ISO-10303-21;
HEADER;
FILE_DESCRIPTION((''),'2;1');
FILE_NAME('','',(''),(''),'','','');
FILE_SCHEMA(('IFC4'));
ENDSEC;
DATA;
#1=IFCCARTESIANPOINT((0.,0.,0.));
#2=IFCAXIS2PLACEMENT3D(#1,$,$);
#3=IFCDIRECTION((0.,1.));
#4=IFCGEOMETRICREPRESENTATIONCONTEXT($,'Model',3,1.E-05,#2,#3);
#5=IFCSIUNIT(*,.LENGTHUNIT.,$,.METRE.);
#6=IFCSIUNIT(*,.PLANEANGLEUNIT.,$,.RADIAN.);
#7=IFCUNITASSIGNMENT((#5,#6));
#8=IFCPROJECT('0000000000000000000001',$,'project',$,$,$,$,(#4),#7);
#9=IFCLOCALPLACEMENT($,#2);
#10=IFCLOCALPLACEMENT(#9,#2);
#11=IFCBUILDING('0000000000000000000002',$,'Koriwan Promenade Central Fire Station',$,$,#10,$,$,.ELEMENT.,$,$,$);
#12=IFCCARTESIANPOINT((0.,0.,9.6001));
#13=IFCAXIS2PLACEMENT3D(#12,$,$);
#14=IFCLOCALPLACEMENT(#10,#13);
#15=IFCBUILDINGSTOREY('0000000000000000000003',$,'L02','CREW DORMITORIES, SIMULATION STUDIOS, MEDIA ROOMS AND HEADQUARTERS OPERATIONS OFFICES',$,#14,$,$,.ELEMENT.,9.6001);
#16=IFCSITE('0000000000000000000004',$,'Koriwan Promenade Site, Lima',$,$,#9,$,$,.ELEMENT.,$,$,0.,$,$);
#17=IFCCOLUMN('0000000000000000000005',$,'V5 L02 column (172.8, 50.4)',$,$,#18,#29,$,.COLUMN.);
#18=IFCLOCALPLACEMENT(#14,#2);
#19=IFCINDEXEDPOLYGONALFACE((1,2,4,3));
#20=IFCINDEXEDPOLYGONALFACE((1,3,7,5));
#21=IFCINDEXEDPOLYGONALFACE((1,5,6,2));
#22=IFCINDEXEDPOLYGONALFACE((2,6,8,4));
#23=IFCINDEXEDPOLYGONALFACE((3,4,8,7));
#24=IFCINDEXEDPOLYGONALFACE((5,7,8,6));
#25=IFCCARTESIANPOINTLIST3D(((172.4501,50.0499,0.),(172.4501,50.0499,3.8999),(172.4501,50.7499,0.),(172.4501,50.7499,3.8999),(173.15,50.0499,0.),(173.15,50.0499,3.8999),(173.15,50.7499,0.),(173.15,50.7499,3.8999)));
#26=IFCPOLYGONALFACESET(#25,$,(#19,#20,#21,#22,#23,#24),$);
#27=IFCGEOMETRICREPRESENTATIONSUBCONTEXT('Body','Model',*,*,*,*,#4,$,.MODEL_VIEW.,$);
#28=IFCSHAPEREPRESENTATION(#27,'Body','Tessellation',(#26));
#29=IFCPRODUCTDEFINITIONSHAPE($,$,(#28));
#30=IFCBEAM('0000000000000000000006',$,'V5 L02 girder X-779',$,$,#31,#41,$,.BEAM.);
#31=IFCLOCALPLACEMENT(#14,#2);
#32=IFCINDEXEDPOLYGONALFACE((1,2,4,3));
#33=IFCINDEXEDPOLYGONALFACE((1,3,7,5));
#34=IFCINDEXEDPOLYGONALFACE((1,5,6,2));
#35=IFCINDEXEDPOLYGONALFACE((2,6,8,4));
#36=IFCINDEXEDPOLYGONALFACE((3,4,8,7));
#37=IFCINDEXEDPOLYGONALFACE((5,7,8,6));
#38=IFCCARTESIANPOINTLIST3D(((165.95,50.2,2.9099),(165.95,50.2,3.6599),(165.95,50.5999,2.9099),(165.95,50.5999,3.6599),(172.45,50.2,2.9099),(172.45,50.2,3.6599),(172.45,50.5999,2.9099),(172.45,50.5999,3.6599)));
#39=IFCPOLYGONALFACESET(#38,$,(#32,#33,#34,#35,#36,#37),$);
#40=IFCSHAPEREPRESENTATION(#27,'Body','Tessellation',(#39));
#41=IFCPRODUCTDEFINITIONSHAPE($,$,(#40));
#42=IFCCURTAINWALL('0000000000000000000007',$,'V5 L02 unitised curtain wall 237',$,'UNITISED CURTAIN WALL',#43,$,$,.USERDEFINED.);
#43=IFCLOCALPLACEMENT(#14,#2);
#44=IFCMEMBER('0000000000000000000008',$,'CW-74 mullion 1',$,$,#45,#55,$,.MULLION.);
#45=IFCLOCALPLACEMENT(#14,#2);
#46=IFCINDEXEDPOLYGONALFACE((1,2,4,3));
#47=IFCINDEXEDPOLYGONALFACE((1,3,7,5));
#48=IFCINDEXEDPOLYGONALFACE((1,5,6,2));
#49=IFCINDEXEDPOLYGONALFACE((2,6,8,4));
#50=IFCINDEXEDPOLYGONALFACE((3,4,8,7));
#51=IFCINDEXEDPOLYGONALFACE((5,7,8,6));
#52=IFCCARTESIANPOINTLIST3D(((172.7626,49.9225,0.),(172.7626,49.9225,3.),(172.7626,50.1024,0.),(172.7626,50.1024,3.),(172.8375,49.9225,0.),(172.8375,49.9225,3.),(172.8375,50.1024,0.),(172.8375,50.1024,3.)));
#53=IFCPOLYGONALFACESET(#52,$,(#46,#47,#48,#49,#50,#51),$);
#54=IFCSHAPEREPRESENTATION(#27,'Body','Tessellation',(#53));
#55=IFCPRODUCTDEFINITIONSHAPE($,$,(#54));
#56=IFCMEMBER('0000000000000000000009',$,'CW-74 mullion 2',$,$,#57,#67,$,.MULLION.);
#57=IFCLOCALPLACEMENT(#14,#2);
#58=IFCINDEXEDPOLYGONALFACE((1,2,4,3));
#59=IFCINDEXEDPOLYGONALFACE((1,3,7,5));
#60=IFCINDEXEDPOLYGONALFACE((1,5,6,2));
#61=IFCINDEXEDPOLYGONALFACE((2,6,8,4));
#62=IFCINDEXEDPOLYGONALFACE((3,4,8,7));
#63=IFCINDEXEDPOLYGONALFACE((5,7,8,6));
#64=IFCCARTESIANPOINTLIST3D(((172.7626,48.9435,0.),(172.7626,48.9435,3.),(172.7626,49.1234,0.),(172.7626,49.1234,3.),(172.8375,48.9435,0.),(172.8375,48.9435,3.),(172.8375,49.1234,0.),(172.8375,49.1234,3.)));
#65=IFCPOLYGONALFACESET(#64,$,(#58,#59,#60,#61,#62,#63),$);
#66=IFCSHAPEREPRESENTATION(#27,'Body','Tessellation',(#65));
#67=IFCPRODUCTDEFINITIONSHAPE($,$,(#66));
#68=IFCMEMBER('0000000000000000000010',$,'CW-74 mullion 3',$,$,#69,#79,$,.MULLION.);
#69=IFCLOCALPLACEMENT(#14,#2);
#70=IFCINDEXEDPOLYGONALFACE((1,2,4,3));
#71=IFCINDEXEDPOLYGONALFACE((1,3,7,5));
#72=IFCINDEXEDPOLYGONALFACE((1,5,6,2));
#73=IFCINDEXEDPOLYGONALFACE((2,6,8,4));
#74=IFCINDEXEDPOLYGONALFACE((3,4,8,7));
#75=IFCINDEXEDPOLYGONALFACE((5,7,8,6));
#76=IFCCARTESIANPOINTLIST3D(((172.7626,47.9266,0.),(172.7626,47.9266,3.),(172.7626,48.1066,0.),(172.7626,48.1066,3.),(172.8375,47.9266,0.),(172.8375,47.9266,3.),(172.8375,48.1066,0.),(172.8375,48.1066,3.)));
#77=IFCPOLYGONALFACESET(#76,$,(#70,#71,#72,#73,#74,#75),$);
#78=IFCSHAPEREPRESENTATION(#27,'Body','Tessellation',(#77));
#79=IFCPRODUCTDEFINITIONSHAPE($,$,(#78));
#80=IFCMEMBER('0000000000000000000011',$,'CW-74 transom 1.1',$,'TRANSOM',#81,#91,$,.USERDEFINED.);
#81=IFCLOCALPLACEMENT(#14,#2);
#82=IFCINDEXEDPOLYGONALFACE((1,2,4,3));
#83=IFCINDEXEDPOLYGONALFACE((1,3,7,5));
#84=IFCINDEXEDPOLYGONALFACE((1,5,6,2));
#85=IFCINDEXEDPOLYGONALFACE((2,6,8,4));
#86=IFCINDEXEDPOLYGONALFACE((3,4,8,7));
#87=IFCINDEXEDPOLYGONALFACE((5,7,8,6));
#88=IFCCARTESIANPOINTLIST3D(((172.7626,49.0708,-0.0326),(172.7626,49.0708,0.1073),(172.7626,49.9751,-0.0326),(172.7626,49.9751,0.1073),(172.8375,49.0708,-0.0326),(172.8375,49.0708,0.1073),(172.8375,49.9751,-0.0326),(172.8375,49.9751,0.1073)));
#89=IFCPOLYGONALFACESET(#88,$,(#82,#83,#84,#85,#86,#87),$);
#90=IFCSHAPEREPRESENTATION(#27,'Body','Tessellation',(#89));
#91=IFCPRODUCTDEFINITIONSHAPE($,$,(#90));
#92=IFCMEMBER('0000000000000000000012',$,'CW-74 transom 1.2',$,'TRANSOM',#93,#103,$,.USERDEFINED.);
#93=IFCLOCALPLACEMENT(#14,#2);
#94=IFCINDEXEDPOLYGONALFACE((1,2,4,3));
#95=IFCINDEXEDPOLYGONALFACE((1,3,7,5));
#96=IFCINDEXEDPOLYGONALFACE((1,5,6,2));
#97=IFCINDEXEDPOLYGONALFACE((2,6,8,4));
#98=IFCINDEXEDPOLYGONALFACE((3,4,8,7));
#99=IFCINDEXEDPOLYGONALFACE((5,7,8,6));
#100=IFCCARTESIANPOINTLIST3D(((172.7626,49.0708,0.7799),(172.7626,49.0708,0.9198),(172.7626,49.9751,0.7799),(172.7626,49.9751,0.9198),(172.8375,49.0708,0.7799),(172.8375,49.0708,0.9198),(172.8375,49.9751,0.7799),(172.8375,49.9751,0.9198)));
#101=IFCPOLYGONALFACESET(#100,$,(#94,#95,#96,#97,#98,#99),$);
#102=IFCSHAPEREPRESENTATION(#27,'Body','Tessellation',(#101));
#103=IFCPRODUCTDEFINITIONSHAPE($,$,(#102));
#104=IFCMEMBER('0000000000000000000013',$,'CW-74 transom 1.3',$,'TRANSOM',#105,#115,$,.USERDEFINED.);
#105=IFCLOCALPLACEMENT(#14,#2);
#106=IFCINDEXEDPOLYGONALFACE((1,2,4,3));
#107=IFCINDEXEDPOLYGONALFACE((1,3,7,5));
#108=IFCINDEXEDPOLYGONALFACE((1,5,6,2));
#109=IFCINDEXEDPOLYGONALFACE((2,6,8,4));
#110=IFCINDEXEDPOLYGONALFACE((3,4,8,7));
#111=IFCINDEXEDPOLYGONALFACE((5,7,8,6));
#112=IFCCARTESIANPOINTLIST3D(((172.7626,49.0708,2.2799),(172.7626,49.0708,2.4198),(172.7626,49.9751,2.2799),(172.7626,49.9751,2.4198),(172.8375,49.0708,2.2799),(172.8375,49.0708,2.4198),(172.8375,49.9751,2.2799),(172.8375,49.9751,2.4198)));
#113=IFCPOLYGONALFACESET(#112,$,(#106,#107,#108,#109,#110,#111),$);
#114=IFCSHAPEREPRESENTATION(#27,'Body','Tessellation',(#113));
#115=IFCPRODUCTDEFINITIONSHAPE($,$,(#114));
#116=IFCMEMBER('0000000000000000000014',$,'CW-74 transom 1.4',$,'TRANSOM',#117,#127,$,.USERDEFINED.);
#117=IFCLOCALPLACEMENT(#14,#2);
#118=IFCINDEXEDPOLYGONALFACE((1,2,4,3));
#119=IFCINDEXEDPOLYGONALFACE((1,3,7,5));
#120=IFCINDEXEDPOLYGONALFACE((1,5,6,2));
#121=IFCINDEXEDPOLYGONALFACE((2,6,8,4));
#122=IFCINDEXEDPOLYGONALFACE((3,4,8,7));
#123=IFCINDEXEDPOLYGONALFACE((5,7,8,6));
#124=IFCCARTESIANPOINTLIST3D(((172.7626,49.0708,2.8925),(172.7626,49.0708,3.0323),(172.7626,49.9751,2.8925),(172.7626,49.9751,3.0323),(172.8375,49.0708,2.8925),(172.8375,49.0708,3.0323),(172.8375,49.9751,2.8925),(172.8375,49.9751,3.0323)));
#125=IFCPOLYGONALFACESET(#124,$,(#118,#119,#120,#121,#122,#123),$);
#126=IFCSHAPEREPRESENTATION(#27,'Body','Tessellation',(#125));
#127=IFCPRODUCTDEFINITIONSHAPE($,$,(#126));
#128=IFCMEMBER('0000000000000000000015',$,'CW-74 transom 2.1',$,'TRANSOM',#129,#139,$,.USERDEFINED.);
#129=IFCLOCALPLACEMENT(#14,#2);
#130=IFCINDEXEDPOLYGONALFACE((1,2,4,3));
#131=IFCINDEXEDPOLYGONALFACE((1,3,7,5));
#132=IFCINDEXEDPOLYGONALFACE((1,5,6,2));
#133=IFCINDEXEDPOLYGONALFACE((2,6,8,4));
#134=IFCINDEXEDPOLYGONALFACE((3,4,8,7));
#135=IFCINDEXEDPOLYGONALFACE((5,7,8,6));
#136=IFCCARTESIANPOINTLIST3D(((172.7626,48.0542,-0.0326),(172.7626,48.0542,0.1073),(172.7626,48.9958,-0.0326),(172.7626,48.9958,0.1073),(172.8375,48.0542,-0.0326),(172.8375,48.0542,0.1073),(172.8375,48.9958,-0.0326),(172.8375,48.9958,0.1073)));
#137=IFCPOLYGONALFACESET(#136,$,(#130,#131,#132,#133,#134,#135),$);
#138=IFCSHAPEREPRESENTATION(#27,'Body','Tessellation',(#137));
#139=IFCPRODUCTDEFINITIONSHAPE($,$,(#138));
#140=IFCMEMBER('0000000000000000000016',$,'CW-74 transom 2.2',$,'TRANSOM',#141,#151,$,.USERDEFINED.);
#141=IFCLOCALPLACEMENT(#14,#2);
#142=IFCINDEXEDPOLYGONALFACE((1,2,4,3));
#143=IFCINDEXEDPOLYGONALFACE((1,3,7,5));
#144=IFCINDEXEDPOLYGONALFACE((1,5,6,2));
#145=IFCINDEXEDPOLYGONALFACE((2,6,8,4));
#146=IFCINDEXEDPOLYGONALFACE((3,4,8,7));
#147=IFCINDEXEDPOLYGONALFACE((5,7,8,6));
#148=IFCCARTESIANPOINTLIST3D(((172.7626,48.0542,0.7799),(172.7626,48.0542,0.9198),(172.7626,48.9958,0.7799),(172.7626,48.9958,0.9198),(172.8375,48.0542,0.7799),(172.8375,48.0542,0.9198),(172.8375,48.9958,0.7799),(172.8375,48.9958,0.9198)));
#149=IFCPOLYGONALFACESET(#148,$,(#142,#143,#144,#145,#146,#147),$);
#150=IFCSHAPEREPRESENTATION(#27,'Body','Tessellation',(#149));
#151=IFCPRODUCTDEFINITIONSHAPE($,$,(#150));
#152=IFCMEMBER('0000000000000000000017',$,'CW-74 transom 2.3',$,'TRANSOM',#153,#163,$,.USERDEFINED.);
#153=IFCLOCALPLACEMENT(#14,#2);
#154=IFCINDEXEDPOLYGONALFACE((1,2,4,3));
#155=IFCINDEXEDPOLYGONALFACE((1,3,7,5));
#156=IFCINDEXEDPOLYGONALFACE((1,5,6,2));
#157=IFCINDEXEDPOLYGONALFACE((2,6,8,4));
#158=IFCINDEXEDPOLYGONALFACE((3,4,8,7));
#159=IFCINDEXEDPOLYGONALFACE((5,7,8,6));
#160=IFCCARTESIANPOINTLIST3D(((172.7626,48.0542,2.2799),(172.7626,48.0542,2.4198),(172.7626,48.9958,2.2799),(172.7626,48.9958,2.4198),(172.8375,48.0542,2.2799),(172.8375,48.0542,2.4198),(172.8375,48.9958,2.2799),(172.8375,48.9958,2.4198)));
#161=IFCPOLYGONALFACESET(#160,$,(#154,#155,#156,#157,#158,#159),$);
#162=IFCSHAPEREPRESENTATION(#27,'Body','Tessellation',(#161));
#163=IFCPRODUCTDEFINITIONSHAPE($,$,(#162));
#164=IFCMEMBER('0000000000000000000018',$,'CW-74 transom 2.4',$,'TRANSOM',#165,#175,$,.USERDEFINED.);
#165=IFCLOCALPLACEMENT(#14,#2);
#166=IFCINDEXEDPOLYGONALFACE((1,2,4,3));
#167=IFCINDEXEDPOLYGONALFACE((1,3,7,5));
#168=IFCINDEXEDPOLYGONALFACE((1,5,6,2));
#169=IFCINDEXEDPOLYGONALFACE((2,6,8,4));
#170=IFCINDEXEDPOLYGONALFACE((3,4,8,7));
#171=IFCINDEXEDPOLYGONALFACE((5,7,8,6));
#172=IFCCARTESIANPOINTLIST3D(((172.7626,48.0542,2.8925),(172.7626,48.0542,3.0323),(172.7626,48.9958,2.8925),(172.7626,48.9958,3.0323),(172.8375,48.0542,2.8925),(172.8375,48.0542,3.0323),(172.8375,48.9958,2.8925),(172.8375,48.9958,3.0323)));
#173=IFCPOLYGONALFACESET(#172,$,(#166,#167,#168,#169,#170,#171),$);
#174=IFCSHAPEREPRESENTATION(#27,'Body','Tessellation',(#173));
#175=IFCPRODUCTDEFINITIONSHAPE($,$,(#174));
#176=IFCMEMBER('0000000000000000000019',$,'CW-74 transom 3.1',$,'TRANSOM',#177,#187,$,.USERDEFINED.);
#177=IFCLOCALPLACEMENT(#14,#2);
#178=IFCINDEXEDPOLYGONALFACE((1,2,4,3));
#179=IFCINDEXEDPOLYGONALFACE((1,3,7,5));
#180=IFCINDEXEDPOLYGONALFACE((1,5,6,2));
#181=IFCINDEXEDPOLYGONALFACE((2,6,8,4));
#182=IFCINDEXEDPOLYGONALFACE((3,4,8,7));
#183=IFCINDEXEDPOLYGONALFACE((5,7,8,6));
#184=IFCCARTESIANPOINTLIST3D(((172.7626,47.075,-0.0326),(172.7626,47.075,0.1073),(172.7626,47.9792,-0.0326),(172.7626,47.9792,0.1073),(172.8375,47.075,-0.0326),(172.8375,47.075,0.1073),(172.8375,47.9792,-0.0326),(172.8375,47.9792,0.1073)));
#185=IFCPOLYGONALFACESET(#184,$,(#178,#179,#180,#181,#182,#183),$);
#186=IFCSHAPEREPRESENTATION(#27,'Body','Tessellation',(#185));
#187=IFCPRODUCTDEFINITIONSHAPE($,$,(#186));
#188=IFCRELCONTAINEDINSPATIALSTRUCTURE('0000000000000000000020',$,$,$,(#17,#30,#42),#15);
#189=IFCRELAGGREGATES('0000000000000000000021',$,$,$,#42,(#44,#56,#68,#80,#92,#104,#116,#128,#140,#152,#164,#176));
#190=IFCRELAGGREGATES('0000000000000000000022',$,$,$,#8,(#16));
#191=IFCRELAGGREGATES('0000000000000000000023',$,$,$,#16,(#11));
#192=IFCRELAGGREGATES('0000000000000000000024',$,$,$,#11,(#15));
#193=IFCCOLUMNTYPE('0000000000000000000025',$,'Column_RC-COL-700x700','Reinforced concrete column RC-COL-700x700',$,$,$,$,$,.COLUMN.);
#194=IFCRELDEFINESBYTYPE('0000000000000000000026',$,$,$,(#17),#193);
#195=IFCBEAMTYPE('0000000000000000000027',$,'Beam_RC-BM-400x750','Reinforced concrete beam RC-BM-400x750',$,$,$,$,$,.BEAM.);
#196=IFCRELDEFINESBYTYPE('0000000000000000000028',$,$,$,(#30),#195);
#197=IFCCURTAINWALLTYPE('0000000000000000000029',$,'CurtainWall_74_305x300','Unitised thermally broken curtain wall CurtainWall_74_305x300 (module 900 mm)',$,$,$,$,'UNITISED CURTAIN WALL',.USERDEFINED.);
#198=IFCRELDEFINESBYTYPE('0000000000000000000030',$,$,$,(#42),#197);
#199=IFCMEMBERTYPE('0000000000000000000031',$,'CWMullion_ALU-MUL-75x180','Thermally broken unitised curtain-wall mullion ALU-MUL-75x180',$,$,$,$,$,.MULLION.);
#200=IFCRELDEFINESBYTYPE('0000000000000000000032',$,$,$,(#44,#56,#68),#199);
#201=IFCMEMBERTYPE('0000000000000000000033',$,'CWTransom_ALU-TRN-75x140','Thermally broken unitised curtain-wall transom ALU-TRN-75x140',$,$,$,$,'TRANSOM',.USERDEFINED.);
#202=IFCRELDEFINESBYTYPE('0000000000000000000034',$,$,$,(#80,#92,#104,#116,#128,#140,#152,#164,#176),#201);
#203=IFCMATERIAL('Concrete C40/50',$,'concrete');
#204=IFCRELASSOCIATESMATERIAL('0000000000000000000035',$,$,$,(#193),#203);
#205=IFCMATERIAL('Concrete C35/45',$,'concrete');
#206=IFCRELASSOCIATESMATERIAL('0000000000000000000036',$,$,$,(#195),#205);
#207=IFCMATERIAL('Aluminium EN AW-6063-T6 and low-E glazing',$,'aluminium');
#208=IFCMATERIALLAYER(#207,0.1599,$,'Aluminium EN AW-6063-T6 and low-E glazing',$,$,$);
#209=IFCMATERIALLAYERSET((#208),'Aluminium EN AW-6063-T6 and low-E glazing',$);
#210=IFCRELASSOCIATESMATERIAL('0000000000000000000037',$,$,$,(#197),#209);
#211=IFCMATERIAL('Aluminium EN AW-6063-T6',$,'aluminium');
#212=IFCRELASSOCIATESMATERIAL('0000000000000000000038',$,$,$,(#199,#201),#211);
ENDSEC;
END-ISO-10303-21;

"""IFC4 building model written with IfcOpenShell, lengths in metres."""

from ifc_helpers import new_model, si_unit, direction, frame, origin, origin_2d, place, context, subcontext, project, spatial, rectangle, extrude, material, layer, layer_set, material_profile, profile_set, type_object, element, aggregate, save


model = new_model("IFC4")

# Units and contexts
model_context = context("Model", 3, precision=1e-05, world=origin(), true_north=direction((0.0, 1.0)))
body_context = subcontext(model_context, "Body", "Model", "MODEL_VIEW")
ifc_project = project(units=[si_unit("LENGTHUNIT", "METRE"), si_unit("PLANEANGLEUNIT", "RADIAN")], contexts=[model_context])

# Site, building, storey
site_placement = place(None, origin())
site = spatial("IfcSite", under=ifc_project, at=site_placement, Name="Koriwan Promenade Site, Lima", CompositionType="ELEMENT", RefElevation=0.0)
building_placement = place(site_placement, origin())
building = spatial("IfcBuilding", under=site, at=building_placement, Name="Koriwan Promenade Central Fire Station", CompositionType="ELEMENT")
storey_placement = place(building_placement, frame((0.0, 0.0, 9.6001)))
storey = spatial("IfcBuildingStorey", under=building, at=storey_placement, Name="L02", Description="CREW DORMITORIES, SIMULATION STUDIOS, MEDIA ROOMS AND HEADQUARTERS OPERATIONS OFFICES", CompositionType="ELEMENT", Elevation=9.6001)

# Column
ifc_material_1 = material(Name="Concrete C40/50", Category="concrete")
ifc_material_profile_1 = material_profile(ifc_material_1, rectangle(XDim=0.7, YDim=0.7, at=origin_2d()), Name="RC-COL-700x700")
ifc_profile_set_1 = profile_set([ifc_material_profile_1], Name="Concrete C40/50")
column_type = type_object("IfcColumnType", Name="Column_RC-COL-700x700", Description="Reinforced concrete column RC-COL-700x700", PredefinedType="COLUMN", material=ifc_profile_set_1)
column_placement = place(storey_placement, frame((172.8, 50.3999, 0.0), z_axis=(0.0, 0.0, 1.0), x_axis=(1.0, 0.0, 0.0)))
element("IfcColumn", 1, at=column_placement, inside=storey, type_object=column_type, Name="V5 L02 column (172.8, 50.4)", PredefinedType="COLUMN", context=body_context, shape_type="SweptSolid", body=[
    extrude(rectangle(XDim=0.7, YDim=0.7, at=origin_2d()), origin(), (0.0, 0.0, 1.0), 3.8999),
])

# Beam
ifc_material_2 = material(Name="Concrete C35/45", Category="concrete")
ifc_material_profile_2 = material_profile(ifc_material_2, rectangle(XDim=0.3999, YDim=0.75, at=origin_2d()), Name="RC-BM-400x750")
ifc_profile_set_2 = profile_set([ifc_material_profile_2], Name="Concrete C35/45")
beam_type = type_object("IfcBeamType", Name="Beam_RC-BM-400x750", Description="Reinforced concrete beam RC-BM-400x750", PredefinedType="BEAM", material=ifc_profile_set_2)
beam_placement = place(storey_placement, frame((165.95, 50.3999, 3.2849), z_axis=(1.0, 0.0, 0.0), x_axis=(0.0, 1.0, 0.0)))
element("IfcBeam", 2, at=beam_placement, inside=storey, type_object=beam_type, Name="V5 L02 girder X-779", PredefinedType="BEAM", context=body_context, shape_type="SweptSolid", body=[
    extrude(rectangle(XDim=0.3999, YDim=0.75, at=origin_2d()), origin(), (0.0, 0.0, 1.0), 6.5),
])

# Curtain wall, members
ifc_material_3 = material(Name="Aluminium EN AW-6063-T6 and low-E glazing", Category="aluminium")
ifc_layer_1 = layer(ifc_material_3, 0.1599, Name="Aluminium EN AW-6063-T6 and low-E glazing")
ifc_layer_set_1 = layer_set([ifc_layer_1], Name="Aluminium EN AW-6063-T6 and low-E glazing")
curtain_wall_type = type_object("IfcCurtainWallType", Name="CurtainWall_74_305x300", Description="Unitised thermally broken curtain wall CurtainWall_74_305x300 (module 900 mm)", ElementType="UNITISED CURTAIN WALL", PredefinedType="USERDEFINED", material=ifc_layer_set_1)
curtain_wall_placement = place(storey_placement, origin())
curtain_wall = element("IfcCurtainWall", 3, at=curtain_wall_placement, inside=storey, type_object=curtain_wall_type, Name="V5 L02 unitised curtain wall 237", ObjectType="UNITISED CURTAIN WALL", PredefinedType="USERDEFINED")
ifc_material_4 = material(Name="Aluminium EN AW-6063-T6", Category="aluminium")
ifc_material_profile_3 = material_profile(ifc_material_4, rectangle(XDim=0.075, YDim=0.1799, at=origin_2d()), Name="ALU-MUL-75x180")
ifc_profile_set_3 = profile_set([ifc_material_profile_3], Name="Aluminium EN AW-6063-T6")
member_type_1 = type_object("IfcMemberType", Name="CWMullion_ALU-MUL-75x180", Description="Thermally broken unitised curtain-wall mullion ALU-MUL-75x180", PredefinedType="MULLION", material=ifc_profile_set_3)
member_1_placement = place(storey_placement, frame((172.8, 50.0125, 0.0), z_axis=(0.0, 0.0, 1.0), x_axis=(1.0, 0.0, 0.0)))
member_1 = element("IfcMember", 4, at=member_1_placement, type_object=member_type_1, Name="CW-74 mullion 1", PredefinedType="MULLION", context=body_context, shape_type="SweptSolid", body=[
    extrude(rectangle(XDim=0.075, YDim=0.1799, at=origin_2d()), origin(), (0.0, 0.0, 1.0), 3.0),
])
member_2_placement = place(storey_placement, frame((172.8, 49.0334, 0.0), z_axis=(0.0, 0.0, 1.0), x_axis=(1.0, 0.0, 0.0)))
member_2 = element("IfcMember", 5, at=member_2_placement, type_object=member_type_1, Name="CW-74 mullion 2", PredefinedType="MULLION", context=body_context, shape_type="SweptSolid", body=[
    extrude(rectangle(XDim=0.075, YDim=0.1799, at=origin_2d()), origin(), (0.0, 0.0, 1.0), 3.0),
])
member_3_placement = place(storey_placement, frame((172.8, 48.0166, 0.0), z_axis=(0.0, 0.0, 1.0), x_axis=(1.0, 0.0, 0.0)))
member_3 = element("IfcMember", 6, at=member_3_placement, type_object=member_type_1, Name="CW-74 mullion 3", PredefinedType="MULLION", context=body_context, shape_type="SweptSolid", body=[
    extrude(rectangle(XDim=0.075, YDim=0.1799, at=origin_2d()), origin(), (0.0, 0.0, 1.0), 3.0),
])
ifc_material_profile_4 = material_profile(ifc_material_4, rectangle(XDim=0.075, YDim=0.1399, at=origin_2d()), Name="ALU-TRN-75x140")
ifc_profile_set_4 = profile_set([ifc_material_profile_4], Name="Aluminium EN AW-6063-T6")
member_type_2 = type_object("IfcMemberType", Name="CWTransom_ALU-TRN-75x140", Description="Thermally broken unitised curtain-wall transom ALU-TRN-75x140", ElementType="TRANSOM", PredefinedType="USERDEFINED", material=ifc_profile_set_4)
member_4_placement = place(storey_placement, frame((172.8, 49.9751, 0.0374), z_axis=(0.0, -1.0, 0.0), x_axis=(1.0, 0.0, 0.0)))
member_4 = element("IfcMember", 7, at=member_4_placement, type_object=member_type_2, Name="CW-74 transom 1.1", ObjectType="TRANSOM", PredefinedType="USERDEFINED", context=body_context, shape_type="SweptSolid", body=[
    extrude(rectangle(XDim=0.075, YDim=0.1399, at=origin_2d()), origin(), (0.0, 0.0, 1.0), 0.9043),
])
member_5_placement = place(storey_placement, frame((172.8, 49.9751, 0.8499), z_axis=(0.0, -1.0, 0.0), x_axis=(1.0, 0.0, 0.0)))
member_5 = element("IfcMember", 8, at=member_5_placement, type_object=member_type_2, Name="CW-74 transom 1.2", ObjectType="TRANSOM", PredefinedType="USERDEFINED", context=body_context, shape_type="SweptSolid", body=[
    extrude(rectangle(XDim=0.075, YDim=0.1399, at=origin_2d()), origin(), (0.0, 0.0, 1.0), 0.9043),
])
member_6_placement = place(storey_placement, frame((172.8, 49.9751, 2.3499), z_axis=(0.0, -1.0, 0.0), x_axis=(1.0, 0.0, 0.0)))
member_6 = element("IfcMember", 9, at=member_6_placement, type_object=member_type_2, Name="CW-74 transom 1.3", ObjectType="TRANSOM", PredefinedType="USERDEFINED", context=body_context, shape_type="SweptSolid", body=[
    extrude(rectangle(XDim=0.075, YDim=0.1399, at=origin_2d()), origin(), (0.0, 0.0, 1.0), 0.9043),
])
member_7_placement = place(storey_placement, frame((172.8, 49.9751, 2.9624), z_axis=(0.0, -1.0, 0.0), x_axis=(1.0, 0.0, 0.0)))
member_7 = element("IfcMember", 10, at=member_7_placement, type_object=member_type_2, Name="CW-74 transom 1.4", ObjectType="TRANSOM", PredefinedType="USERDEFINED", context=body_context, shape_type="SweptSolid", body=[
    extrude(rectangle(XDim=0.075, YDim=0.1399, at=origin_2d()), origin(), (0.0, 0.0, 1.0), 0.9043),
])
member_8_placement = place(storey_placement, frame((172.8, 48.9958, 0.0374), z_axis=(0.0, -1.0, 0.0), x_axis=(1.0, 0.0, 0.0)))
member_8 = element("IfcMember", 11, at=member_8_placement, type_object=member_type_2, Name="CW-74 transom 2.1", ObjectType="TRANSOM", PredefinedType="USERDEFINED", context=body_context, shape_type="SweptSolid", body=[
    extrude(rectangle(XDim=0.075, YDim=0.1399, at=origin_2d()), origin(), (0.0, 0.0, 1.0), 0.9417),
])
member_9_placement = place(storey_placement, frame((172.8, 48.9958, 0.8499), z_axis=(0.0, -1.0, 0.0), x_axis=(1.0, 0.0, 0.0)))
member_9 = element("IfcMember", 12, at=member_9_placement, type_object=member_type_2, Name="CW-74 transom 2.2", ObjectType="TRANSOM", PredefinedType="USERDEFINED", context=body_context, shape_type="SweptSolid", body=[
    extrude(rectangle(XDim=0.075, YDim=0.1399, at=origin_2d()), origin(), (0.0, 0.0, 1.0), 0.9417),
])
member_10_placement = place(storey_placement, frame((172.8, 48.9958, 2.3499), z_axis=(0.0, -1.0, 0.0), x_axis=(1.0, 0.0, 0.0)))
member_10 = element("IfcMember", 13, at=member_10_placement, type_object=member_type_2, Name="CW-74 transom 2.3", ObjectType="TRANSOM", PredefinedType="USERDEFINED", context=body_context, shape_type="SweptSolid", body=[
    extrude(rectangle(XDim=0.075, YDim=0.1399, at=origin_2d()), origin(), (0.0, 0.0, 1.0), 0.9417),
])
member_11_placement = place(storey_placement, frame((172.8, 48.9958, 2.9624), z_axis=(0.0, -1.0, 0.0), x_axis=(1.0, 0.0, 0.0)))
member_11 = element("IfcMember", 14, at=member_11_placement, type_object=member_type_2, Name="CW-74 transom 2.4", ObjectType="TRANSOM", PredefinedType="USERDEFINED", context=body_context, shape_type="SweptSolid", body=[
    extrude(rectangle(XDim=0.075, YDim=0.1399, at=origin_2d()), origin(), (0.0, 0.0, 1.0), 0.9417),
])
member_12_placement = place(storey_placement, frame((172.8, 47.9792, 0.0374), z_axis=(0.0, -1.0, 0.0), x_axis=(1.0, 0.0, 0.0)))
member_12 = element("IfcMember", 15, at=member_12_placement, type_object=member_type_2, Name="CW-74 transom 3.1", ObjectType="TRANSOM", PredefinedType="USERDEFINED", context=body_context, shape_type="SweptSolid", body=[
    extrude(rectangle(XDim=0.075, YDim=0.1399, at=origin_2d()), origin(), (0.0, 0.0, 1.0), 0.9043),
])

aggregate(curtain_wall, [member_1, member_2, member_3, member_4, member_5, member_6, member_7, member_8, member_9, member_10, member_11, member_12])

save(model, "model.ifc")
